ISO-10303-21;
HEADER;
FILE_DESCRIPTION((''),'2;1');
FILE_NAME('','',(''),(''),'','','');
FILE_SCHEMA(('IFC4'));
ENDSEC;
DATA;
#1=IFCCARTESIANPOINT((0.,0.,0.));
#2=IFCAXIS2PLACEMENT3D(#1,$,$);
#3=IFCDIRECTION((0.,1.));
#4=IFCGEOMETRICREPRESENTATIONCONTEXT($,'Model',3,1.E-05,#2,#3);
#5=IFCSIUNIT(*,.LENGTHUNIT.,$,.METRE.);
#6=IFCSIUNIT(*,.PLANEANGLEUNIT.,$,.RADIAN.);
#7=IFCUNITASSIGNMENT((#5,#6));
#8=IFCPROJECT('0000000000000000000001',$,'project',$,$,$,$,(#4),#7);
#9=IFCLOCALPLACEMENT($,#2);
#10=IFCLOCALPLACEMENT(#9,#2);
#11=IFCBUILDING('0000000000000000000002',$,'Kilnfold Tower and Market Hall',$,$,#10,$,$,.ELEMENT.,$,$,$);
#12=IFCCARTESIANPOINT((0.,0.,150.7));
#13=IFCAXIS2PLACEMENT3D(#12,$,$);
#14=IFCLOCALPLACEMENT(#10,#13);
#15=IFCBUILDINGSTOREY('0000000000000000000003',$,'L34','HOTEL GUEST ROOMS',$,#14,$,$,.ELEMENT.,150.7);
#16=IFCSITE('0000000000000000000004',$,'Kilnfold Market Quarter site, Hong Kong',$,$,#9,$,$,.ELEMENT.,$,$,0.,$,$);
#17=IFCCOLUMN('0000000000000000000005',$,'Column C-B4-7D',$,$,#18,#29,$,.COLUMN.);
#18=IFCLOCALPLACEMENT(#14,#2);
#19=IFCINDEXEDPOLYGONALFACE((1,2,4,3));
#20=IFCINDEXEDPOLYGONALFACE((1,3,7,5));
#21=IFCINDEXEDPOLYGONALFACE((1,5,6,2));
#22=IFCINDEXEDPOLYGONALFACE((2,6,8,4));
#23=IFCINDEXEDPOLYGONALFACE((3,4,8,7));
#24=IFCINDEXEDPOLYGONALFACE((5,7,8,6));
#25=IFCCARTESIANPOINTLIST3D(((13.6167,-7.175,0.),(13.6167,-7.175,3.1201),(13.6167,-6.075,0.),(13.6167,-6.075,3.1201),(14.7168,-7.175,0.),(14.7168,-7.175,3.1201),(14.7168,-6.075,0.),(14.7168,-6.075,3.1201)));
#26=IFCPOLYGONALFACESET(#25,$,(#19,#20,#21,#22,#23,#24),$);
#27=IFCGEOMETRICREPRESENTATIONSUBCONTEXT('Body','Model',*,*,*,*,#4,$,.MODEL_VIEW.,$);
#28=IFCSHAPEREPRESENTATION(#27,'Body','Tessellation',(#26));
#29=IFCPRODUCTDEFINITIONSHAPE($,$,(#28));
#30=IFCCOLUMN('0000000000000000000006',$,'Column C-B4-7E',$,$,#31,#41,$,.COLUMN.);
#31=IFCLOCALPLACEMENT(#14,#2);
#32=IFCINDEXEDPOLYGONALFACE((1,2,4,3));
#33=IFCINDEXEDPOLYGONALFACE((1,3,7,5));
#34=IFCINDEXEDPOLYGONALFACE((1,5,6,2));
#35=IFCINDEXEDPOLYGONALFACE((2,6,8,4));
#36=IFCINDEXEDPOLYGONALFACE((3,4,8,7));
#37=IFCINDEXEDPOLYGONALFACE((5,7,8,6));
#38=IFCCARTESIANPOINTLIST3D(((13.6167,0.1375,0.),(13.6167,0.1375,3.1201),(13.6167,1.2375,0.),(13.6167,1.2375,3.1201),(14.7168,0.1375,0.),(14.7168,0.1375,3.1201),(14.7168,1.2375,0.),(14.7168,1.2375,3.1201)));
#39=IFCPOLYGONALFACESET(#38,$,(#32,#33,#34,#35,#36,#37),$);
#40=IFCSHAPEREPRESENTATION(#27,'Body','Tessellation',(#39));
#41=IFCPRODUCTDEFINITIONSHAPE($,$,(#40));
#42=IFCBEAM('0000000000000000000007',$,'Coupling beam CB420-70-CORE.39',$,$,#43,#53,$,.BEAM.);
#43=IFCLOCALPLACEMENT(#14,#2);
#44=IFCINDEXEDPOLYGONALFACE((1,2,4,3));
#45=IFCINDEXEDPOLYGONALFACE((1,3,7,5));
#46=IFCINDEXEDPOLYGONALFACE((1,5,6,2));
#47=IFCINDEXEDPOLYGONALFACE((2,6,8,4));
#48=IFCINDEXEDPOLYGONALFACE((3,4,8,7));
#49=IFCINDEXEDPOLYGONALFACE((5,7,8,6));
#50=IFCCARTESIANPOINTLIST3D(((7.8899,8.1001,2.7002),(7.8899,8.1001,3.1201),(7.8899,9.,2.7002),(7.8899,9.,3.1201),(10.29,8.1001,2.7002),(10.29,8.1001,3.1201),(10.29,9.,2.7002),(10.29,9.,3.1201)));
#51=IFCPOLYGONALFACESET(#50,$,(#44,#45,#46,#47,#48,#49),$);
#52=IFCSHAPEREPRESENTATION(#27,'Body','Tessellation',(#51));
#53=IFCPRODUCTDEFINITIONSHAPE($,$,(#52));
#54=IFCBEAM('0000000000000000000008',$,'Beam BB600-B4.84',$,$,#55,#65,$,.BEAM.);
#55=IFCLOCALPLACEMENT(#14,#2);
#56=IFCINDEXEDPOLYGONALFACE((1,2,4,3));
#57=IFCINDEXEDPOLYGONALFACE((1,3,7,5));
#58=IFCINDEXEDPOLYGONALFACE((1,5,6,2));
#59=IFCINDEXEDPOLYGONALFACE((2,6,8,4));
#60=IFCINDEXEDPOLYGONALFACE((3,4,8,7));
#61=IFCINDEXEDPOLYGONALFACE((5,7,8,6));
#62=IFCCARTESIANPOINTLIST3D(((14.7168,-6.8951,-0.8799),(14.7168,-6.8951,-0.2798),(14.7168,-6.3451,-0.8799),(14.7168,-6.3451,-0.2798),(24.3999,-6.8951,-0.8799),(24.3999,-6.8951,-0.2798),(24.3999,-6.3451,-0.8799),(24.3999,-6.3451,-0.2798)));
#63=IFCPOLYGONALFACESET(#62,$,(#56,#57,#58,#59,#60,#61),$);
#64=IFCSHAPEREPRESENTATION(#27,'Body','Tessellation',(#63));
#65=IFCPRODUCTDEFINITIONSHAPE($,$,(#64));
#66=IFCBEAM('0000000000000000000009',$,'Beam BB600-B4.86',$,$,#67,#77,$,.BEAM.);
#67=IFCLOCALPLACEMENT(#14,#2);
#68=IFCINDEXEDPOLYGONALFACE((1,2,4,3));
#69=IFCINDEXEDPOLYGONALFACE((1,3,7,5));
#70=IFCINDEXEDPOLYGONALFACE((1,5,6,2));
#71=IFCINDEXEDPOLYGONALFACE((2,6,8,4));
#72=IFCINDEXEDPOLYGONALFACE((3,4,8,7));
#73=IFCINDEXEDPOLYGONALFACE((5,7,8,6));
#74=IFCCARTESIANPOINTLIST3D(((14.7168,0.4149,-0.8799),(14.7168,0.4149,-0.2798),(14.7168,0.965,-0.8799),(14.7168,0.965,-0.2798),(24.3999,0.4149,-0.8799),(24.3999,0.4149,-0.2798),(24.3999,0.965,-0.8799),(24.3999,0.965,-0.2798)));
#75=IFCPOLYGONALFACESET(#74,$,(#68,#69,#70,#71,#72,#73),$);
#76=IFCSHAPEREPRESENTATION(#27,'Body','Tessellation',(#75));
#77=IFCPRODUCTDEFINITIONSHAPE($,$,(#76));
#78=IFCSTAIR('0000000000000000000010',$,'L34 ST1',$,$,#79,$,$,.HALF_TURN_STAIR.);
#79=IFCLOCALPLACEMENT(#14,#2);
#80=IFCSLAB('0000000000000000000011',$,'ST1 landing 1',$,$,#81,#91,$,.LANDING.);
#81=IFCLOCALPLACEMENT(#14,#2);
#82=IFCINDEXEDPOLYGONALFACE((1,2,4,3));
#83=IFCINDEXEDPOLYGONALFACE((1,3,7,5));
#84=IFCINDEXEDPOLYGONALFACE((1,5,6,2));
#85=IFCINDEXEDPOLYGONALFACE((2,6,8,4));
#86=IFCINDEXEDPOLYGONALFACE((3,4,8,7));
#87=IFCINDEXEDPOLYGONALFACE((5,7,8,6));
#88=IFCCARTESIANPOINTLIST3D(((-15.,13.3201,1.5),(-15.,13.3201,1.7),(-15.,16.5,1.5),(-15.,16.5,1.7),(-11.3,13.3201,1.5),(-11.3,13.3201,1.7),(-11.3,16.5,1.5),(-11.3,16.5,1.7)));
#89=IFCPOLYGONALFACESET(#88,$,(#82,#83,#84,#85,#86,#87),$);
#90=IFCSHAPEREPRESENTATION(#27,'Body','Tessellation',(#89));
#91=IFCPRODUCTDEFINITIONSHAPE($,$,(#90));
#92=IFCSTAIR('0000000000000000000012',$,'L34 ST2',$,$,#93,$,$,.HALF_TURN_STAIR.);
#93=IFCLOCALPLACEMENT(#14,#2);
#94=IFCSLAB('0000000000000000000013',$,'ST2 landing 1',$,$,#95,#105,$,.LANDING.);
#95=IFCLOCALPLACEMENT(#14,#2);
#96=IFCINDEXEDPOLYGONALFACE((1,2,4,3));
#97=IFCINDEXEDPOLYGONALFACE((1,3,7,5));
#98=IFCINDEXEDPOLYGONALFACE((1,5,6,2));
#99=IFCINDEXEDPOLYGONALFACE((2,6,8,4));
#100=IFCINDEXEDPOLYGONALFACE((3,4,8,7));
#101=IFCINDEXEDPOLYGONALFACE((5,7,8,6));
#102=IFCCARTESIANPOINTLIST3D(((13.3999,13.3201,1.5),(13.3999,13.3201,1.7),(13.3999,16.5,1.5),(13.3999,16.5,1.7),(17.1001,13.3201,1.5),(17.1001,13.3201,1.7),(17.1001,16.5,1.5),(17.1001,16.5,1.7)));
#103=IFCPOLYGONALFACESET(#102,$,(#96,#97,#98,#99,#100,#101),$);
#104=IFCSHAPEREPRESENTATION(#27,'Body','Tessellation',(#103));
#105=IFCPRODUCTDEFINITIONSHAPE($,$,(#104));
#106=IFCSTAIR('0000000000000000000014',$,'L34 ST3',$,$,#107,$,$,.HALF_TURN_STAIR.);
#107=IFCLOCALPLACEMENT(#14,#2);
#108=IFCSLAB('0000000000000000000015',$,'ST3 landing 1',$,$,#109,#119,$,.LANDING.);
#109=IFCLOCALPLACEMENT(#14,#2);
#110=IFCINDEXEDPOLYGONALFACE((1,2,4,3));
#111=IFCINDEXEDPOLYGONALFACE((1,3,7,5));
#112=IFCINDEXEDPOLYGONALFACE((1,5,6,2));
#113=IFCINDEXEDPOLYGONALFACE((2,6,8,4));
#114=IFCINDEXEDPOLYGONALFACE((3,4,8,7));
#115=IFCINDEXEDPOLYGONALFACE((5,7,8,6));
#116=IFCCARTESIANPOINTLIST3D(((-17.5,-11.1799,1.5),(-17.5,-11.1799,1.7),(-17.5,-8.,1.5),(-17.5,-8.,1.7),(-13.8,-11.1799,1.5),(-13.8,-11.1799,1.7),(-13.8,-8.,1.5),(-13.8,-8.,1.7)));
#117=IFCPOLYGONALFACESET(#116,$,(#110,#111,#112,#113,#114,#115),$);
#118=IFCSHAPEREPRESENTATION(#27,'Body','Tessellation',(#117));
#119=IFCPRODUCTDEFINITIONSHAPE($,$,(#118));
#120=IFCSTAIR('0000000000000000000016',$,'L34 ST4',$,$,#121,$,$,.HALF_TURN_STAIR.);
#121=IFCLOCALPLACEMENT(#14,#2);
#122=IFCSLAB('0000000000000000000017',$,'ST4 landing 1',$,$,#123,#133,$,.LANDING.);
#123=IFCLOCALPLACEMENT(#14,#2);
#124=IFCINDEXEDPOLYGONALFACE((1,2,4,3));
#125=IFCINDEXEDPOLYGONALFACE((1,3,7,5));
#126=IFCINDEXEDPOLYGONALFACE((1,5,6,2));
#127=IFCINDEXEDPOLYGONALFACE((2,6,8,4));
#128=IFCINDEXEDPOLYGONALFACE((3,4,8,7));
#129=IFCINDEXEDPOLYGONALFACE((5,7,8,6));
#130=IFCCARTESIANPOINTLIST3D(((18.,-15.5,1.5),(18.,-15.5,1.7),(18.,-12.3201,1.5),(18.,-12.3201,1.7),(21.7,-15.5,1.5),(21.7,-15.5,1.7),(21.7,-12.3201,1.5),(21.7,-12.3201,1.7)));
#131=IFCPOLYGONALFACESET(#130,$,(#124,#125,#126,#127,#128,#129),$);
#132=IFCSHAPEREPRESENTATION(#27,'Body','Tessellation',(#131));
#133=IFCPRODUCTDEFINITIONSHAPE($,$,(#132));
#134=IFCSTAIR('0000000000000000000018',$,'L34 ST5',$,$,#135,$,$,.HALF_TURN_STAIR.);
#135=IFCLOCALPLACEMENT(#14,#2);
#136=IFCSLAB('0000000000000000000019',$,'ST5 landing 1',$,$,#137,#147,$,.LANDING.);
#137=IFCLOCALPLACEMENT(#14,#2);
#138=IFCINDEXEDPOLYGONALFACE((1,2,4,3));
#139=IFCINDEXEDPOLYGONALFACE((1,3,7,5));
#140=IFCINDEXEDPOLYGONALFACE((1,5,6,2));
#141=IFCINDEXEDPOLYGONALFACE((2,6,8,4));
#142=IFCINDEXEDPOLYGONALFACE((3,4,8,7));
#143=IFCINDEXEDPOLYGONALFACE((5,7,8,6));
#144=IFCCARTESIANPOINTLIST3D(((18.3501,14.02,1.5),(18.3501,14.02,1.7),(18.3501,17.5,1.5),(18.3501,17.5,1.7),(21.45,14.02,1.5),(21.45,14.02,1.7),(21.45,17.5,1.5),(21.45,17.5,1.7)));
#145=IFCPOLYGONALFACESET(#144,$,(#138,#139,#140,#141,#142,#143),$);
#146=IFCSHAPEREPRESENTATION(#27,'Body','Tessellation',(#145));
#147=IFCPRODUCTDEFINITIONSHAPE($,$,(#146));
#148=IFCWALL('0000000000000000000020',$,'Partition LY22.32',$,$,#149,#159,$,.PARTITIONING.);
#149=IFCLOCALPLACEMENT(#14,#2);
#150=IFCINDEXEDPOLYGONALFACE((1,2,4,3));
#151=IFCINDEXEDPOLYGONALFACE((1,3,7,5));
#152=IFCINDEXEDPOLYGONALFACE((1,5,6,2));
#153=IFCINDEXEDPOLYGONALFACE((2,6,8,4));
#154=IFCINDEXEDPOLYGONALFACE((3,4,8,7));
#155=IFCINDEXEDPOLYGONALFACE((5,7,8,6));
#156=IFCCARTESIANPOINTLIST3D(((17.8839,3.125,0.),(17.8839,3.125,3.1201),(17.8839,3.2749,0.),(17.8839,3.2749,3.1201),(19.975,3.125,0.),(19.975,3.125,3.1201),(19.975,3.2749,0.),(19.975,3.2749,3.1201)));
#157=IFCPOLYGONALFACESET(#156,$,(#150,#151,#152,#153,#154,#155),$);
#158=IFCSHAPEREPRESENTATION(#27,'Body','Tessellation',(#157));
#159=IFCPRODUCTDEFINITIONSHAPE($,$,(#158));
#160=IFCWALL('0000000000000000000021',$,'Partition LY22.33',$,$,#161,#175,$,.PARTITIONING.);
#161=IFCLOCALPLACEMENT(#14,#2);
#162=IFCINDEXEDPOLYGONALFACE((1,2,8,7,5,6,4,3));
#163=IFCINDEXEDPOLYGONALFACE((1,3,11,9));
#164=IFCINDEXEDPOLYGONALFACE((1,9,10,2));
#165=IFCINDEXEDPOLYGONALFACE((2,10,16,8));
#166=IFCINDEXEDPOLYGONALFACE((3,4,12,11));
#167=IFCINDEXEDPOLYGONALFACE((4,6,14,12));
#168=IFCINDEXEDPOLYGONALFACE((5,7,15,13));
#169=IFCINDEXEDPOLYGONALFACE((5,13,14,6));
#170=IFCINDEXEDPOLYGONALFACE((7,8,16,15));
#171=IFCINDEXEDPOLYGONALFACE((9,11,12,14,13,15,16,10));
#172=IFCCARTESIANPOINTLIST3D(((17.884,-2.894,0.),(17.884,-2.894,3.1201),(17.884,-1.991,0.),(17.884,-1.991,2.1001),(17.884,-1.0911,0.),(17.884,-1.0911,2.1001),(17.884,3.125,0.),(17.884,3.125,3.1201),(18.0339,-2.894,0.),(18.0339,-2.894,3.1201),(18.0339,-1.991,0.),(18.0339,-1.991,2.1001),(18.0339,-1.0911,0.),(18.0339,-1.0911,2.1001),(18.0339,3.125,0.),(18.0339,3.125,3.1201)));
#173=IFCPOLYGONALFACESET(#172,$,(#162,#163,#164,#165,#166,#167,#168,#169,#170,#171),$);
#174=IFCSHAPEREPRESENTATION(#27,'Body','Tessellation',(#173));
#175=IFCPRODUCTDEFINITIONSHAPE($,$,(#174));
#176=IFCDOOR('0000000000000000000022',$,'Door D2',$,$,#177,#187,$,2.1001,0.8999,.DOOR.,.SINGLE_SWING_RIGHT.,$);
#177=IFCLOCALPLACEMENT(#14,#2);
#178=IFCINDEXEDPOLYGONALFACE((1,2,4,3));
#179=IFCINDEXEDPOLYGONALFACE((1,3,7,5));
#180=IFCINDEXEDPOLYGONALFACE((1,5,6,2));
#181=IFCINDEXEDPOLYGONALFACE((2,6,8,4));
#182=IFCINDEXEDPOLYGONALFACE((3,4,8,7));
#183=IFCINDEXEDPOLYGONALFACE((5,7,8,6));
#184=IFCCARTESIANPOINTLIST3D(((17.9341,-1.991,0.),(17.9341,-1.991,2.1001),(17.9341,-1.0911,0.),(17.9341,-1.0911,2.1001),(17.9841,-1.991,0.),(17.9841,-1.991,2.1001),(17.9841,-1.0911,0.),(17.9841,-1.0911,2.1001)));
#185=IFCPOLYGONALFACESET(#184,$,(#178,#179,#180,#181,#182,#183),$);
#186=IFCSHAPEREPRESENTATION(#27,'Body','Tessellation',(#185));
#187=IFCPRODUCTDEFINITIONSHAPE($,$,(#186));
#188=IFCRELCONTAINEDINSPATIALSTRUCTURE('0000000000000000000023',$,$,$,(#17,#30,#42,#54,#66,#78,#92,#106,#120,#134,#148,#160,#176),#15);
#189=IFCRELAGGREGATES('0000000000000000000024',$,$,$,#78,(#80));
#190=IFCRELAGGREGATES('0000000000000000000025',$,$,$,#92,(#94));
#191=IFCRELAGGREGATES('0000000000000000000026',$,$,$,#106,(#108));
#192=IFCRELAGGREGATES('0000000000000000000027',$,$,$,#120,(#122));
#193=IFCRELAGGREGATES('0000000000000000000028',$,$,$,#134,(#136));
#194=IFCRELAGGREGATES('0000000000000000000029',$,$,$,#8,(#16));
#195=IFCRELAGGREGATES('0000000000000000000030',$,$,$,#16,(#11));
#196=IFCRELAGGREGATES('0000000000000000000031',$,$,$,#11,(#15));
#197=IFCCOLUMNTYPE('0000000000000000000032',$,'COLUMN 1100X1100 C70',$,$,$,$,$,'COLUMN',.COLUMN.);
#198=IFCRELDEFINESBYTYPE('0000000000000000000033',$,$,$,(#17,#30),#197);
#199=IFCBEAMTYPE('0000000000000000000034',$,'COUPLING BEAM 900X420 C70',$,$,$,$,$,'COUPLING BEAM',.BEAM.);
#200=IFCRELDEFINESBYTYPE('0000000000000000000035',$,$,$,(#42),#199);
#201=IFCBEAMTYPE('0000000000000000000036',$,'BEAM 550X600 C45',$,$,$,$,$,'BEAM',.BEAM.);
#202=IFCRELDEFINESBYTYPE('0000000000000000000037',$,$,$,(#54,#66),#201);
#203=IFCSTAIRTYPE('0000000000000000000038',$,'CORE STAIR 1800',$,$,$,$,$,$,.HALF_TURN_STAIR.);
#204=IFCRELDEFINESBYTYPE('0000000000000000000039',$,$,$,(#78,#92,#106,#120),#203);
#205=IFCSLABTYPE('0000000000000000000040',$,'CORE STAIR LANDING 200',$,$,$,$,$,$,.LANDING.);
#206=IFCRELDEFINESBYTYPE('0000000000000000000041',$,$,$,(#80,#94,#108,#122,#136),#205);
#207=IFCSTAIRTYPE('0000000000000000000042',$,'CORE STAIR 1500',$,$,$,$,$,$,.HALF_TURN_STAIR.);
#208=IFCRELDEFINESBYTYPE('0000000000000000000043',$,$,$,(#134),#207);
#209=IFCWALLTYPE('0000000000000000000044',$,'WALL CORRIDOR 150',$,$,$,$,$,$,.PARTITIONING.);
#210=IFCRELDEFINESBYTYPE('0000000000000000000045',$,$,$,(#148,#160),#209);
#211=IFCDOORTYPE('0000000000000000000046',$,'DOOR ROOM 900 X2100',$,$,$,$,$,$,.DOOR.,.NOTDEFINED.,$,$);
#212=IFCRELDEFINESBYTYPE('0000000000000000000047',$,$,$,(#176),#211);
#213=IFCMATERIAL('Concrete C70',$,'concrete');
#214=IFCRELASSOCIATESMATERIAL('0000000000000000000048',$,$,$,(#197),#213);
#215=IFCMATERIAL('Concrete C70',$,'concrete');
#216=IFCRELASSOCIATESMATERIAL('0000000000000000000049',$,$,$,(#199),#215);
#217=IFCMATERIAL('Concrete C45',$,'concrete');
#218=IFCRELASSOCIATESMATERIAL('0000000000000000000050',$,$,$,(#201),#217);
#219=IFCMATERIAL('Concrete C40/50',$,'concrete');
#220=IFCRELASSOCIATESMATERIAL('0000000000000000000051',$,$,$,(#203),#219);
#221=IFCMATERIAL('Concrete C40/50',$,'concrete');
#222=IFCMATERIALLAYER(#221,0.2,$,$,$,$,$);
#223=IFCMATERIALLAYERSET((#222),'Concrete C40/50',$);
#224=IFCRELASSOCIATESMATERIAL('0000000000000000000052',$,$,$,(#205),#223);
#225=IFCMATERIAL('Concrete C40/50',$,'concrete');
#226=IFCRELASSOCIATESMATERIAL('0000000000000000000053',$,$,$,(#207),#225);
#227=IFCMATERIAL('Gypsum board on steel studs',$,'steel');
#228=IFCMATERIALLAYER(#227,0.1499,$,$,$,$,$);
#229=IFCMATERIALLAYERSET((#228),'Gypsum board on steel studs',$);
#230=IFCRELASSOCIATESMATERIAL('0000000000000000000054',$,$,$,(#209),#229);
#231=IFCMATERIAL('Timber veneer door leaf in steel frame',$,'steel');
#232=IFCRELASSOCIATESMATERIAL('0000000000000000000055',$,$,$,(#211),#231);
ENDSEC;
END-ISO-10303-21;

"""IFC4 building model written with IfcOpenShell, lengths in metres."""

from ifc_helpers import new_model, si_unit, direction, frame, frame_2d, origin, origin_2d, place, context, subcontext, project, spatial, polyline, rectangle, outline, extrude, source, transform, mapped, material, layer, layer_set, material_profile, profile_set, type_object, element, fill, aggregate, save


model = new_model("IFC4")

# Units and contexts
model_context = context("Model", 3, precision=1e-05, world=origin(), true_north=direction((0.0, 1.0)))
body_context = subcontext(model_context, "Body", "Model", "MODEL_VIEW")
ifc_project = project(units=[si_unit("LENGTHUNIT", "METRE"), si_unit("PLANEANGLEUNIT", "RADIAN")], contexts=[model_context])

# Site, building, storey
site_placement = place(None, origin())
site = spatial("IfcSite", under=ifc_project, at=site_placement, Name="Kilnfold Market Quarter site, Hong Kong", CompositionType="ELEMENT", RefElevation=0.0)
building_placement = place(site_placement, origin())
building = spatial("IfcBuilding", under=site, at=building_placement, Name="Kilnfold Tower and Market Hall", CompositionType="ELEMENT")
storey_placement = place(building_placement, frame((0.0, 0.0, 150.7)))
storey = spatial("IfcBuildingStorey", under=building, at=storey_placement, Name="L34", Description="HOTEL GUEST ROOMS", CompositionType="ELEMENT", Elevation=150.7)

# Columns
ifc_material_1 = material(Name="Concrete C70", Category="concrete")
ifc_material_profile_1 = material_profile(ifc_material_1, rectangle(XDim=1.1001, YDim=1.1001, at=origin_2d()), Name="RC 1100x1100")
ifc_profile_set_1 = profile_set([ifc_material_profile_1], Name="Concrete C70")
column_type = type_object("IfcColumnType", Name="COLUMN 1100X1100 C70", ElementType="COLUMN", PredefinedType="COLUMN", material=ifc_profile_set_1)
shared_shape_1 = source(origin(), body_context, "Body", "SweptSolid", [
    extrude(rectangle(XDim=1.1001, YDim=1.1001, at=origin_2d()), origin(), (0.0, 0.0, 1.0), 3.1201),
])
for number, where, z_axis, x_axis, name in (
    (1, (14.1667, -6.625, 0.0), (0.0, 0.0, 1.0), (1.0, 0.0, 0.0), "Column C-B4-7D"),
    (2, (14.1667, 0.6875, 0.0), (0.0, 0.0, 1.0), (1.0, 0.0, 0.0), "Column C-B4-7E"),
):
    element("IfcColumn", number, at=place(storey_placement, frame(where, z_axis=z_axis, x_axis=x_axis)), inside=storey, type_object=column_type, Name=name, PredefinedType="COLUMN", context=body_context, shape_type="MappedRepresentation", body=[
        mapped(shared_shape_1, transform((0.0, 0.0, 0.0))),
    ])

# Beams
ifc_material_2 = material(Name="Concrete C70", Category="concrete")
ifc_material_profile_2 = material_profile(ifc_material_2, rectangle(XDim=0.8999, YDim=0.4199, at=origin_2d()), Name="RC 900x420")
ifc_profile_set_2 = profile_set([ifc_material_profile_2], Name="Concrete C70")
beam_type_1 = type_object("IfcBeamType", Name="COUPLING BEAM 900X420 C70", ElementType="COUPLING BEAM", PredefinedType="BEAM", material=ifc_profile_set_2)
shared_shape_2 = source(origin(), body_context, "Body", "SweptSolid", [
    extrude(rectangle(XDim=0.8999, YDim=0.4199, at=origin_2d()), origin(), (0.0, 0.0, 1.0), 2.4001),
])
beam_placement = place(storey_placement, frame((7.8899, 8.55, 2.9102), z_axis=(1.0, 0.0, 0.0), x_axis=(0.0, 1.0, 0.0)))
element("IfcBeam", 3, at=beam_placement, inside=storey, type_object=beam_type_1, Name="Coupling beam CB420-70-CORE.39", PredefinedType="BEAM", context=body_context, shape_type="MappedRepresentation", body=[
    mapped(shared_shape_2, transform((0.0, 0.0, 0.0))),
])
ifc_material_3 = material(Name="Concrete C45", Category="concrete")
ifc_material_profile_3 = material_profile(ifc_material_3, rectangle(XDim=0.55, YDim=0.6001, at=origin_2d()), Name="RC 550x600")
ifc_profile_set_3 = profile_set([ifc_material_profile_3], Name="Concrete C45")
beam_type_2 = type_object("IfcBeamType", Name="BEAM 550X600 C45", ElementType="BEAM", PredefinedType="BEAM", material=ifc_profile_set_3)
shared_shape_3 = source(origin(), body_context, "Body", "SweptSolid", [
    extrude(rectangle(XDim=0.55, YDim=0.6001, at=origin_2d()), origin(), (0.0, 0.0, 1.0), 9.6831),
])
for number, where, z_axis, x_axis, name in (
    (4, (14.7168, -6.6201, -0.5798), (1.0, 0.0, 0.0), (0.0, 1.0, 0.0), "Beam BB600-B4.84"),
    (5, (14.7168, 0.6899, -0.5798), (1.0, 0.0, 0.0), (0.0, 1.0, 0.0), "Beam BB600-B4.86"),
):
    element("IfcBeam", number, at=place(storey_placement, frame(where, z_axis=z_axis, x_axis=x_axis)), inside=storey, type_object=beam_type_2, Name=name, PredefinedType="BEAM", context=body_context, shape_type="MappedRepresentation", body=[
        mapped(shared_shape_3, transform((0.0, 0.0, 0.0))),
    ])

# Stairs, slabs
ifc_material_4 = material(Name="Concrete C40/50", Category="concrete")
stair_type_1 = type_object("IfcStairType", Name="CORE STAIR 1800", PredefinedType="HALF_TURN_STAIR", material=ifc_material_4)
stair_1_placement = place(storey_placement, origin())
stair_1 = element("IfcStair", 6, at=stair_1_placement, inside=storey, type_object=stair_type_1, Name="L34 ST1", PredefinedType="HALF_TURN_STAIR")
ifc_material_5 = material(Name="Concrete C40/50", Category="concrete")
ifc_layer_1 = layer(ifc_material_5, 0.2)
ifc_layer_set_1 = layer_set([ifc_layer_1], Name="Concrete C40/50")
slab_type = type_object("IfcSlabType", Name="CORE STAIR LANDING 200", PredefinedType="LANDING", material=ifc_layer_set_1)
shared_shape_4 = source(origin(), body_context, "Body", "SweptSolid", [
    extrude(outline(polyline([(-11.3, 13.3201), (-11.3, 16.5), (-15.0, 16.5), (-15.0, 13.3201), (-11.3, 13.3201)])), origin(), (0.0, 0.0, 1.0), 0.2),
])
slab_1_placement = place(storey_placement, frame((0.0, 0.0, 1.5)))
slab_1 = element("IfcSlab", 7, at=slab_1_placement, type_object=slab_type, Name="ST1 landing 1", PredefinedType="LANDING", context=body_context, shape_type="MappedRepresentation", body=[
    mapped(shared_shape_4, transform((0.0, 0.0, 0.0))),
])
aggregate(stair_1, [slab_1])
stair_2_placement = place(storey_placement, origin())
stair_2 = element("IfcStair", 8, at=stair_2_placement, inside=storey, type_object=stair_type_1, Name="L34 ST2", PredefinedType="HALF_TURN_STAIR")
shared_shape_5 = source(origin(), body_context, "Body", "SweptSolid", [
    extrude(outline(polyline([(17.1001, 13.3201), (17.1001, 16.5), (13.3999, 16.5), (13.3999, 13.3201), (17.1001, 13.3201)])), origin(), (0.0, 0.0, 1.0), 0.2),
])
slab_2_placement = place(storey_placement, frame((0.0, 0.0, 1.5)))
slab_2 = element("IfcSlab", 9, at=slab_2_placement, type_object=slab_type, Name="ST2 landing 1", PredefinedType="LANDING", context=body_context, shape_type="MappedRepresentation", body=[
    mapped(shared_shape_5, transform((0.0, 0.0, 0.0))),
])
aggregate(stair_2, [slab_2])
stair_3_placement = place(storey_placement, origin())
stair_3 = element("IfcStair", 10, at=stair_3_placement, inside=storey, type_object=stair_type_1, Name="L34 ST3", PredefinedType="HALF_TURN_STAIR")
shared_shape_6 = source(origin(), body_context, "Body", "SweptSolid", [
    extrude(outline(polyline([(-13.8, -11.1799), (-13.8, -8.0), (-17.5, -8.0), (-17.5, -11.1799), (-13.8, -11.1799)])), origin(), (0.0, 0.0, 1.0), 0.2),
])
slab_3_placement = place(storey_placement, frame((0.0, 0.0, 1.5)))
slab_3 = element("IfcSlab", 11, at=slab_3_placement, type_object=slab_type, Name="ST3 landing 1", PredefinedType="LANDING", context=body_context, shape_type="MappedRepresentation", body=[
    mapped(shared_shape_6, transform((0.0, 0.0, 0.0))),
])
aggregate(stair_3, [slab_3])
stair_4_placement = place(storey_placement, origin())
stair_4 = element("IfcStair", 12, at=stair_4_placement, inside=storey, type_object=stair_type_1, Name="L34 ST4", PredefinedType="HALF_TURN_STAIR")
shared_shape_7 = source(origin(), body_context, "Body", "SweptSolid", [
    extrude(outline(polyline([(18.0, -12.3201), (18.0, -15.5), (21.7, -15.5), (21.7, -12.3201), (18.0, -12.3201)])), origin(), (0.0, 0.0, 1.0), 0.2),
])
slab_4_placement = place(storey_placement, frame((0.0, 0.0, 1.5)))
slab_4 = element("IfcSlab", 13, at=slab_4_placement, type_object=slab_type, Name="ST4 landing 1", PredefinedType="LANDING", context=body_context, shape_type="MappedRepresentation", body=[
    mapped(shared_shape_7, transform((0.0, 0.0, 0.0))),
])
aggregate(stair_4, [slab_4])
ifc_material_6 = material(Name="Concrete C40/50", Category="concrete")
stair_type_2 = type_object("IfcStairType", Name="CORE STAIR 1500", PredefinedType="HALF_TURN_STAIR", material=ifc_material_6)
stair_5_placement = place(storey_placement, origin())
stair_5 = element("IfcStair", 14, at=stair_5_placement, inside=storey, type_object=stair_type_2, Name="L34 ST5", PredefinedType="HALF_TURN_STAIR")
shared_shape_8 = source(origin(), body_context, "Body", "SweptSolid", [
    extrude(outline(polyline([(21.45, 14.02), (21.45, 17.5), (18.3501, 17.5), (18.3501, 14.02), (21.45, 14.02)])), origin(), (0.0, 0.0, 1.0), 0.2),
])
slab_5_placement = place(storey_placement, frame((0.0, 0.0, 1.5)))
slab_5 = element("IfcSlab", 15, at=slab_5_placement, type_object=slab_type, Name="ST5 landing 1", PredefinedType="LANDING", context=body_context, shape_type="MappedRepresentation", body=[
    mapped(shared_shape_8, transform((0.0, 0.0, 0.0))),
])
aggregate(stair_5, [slab_5])

# Wall
ifc_material_7 = material(Name="Gypsum board on steel studs", Category="steel")
ifc_layer_2 = layer(ifc_material_7, 0.1499)
ifc_layer_set_2 = layer_set([ifc_layer_2], Name="Gypsum board on steel studs")
wall_type_1 = type_object("IfcWallType", Name="WALL CORRIDOR 150", PredefinedType="PARTITIONING", material=ifc_layer_set_2)
wall_1_placement = place(storey_placement, frame((17.884, 3.2, 0.0), z_axis=(0.0, 0.0, 1.0), x_axis=(1.0, 0.0, 0.0)))
element("IfcWall", 16, at=wall_1_placement, inside=storey, type_object=wall_type_1, Name="Partition LY22.32", PredefinedType="PARTITIONING", context=body_context, shape_type="SweptSolid", body=[
    extrude(rectangle(XDim=2.0911, YDim=0.1499, at=frame_2d((1.0454, 0.0))), origin(), (0.0, 0.0, 1.0), 3.1201),
])

# Wall, opening, door
wall_2_placement = place(storey_placement, frame((17.959, -2.894, 0.0), z_axis=(0.0, 0.0, 1.0), x_axis=(0.0, 1.0, 0.0)))
wall_2 = element("IfcWall", 17, at=wall_2_placement, inside=storey, type_object=wall_type_1, Name="Partition LY22.33", PredefinedType="PARTITIONING", context=body_context, shape_type="SweptSolid", body=[
    extrude(rectangle(XDim=6.019, YDim=0.1499, at=frame_2d((3.0095, 0.0))), origin(), (0.0, 0.0, 1.0), 3.1201),
])
opening_1_placement = place(wall_2_placement, frame((0.9031, 0.0, 0.0)))
opening_1 = element("IfcOpeningElement", 18, at=opening_1_placement, cuts=wall_2, PredefinedType="OPENING", context=body_context, shape_type="SweptSolid", body=[
    extrude(rectangle(XDim=0.8999, YDim=2.1001, at=frame_2d((0.45, 1.05))), frame((0.0, 0.085, 0.0), z_axis=(0.0, -1.0, 0.0), x_axis=(1.0, 0.0, 0.0)), (0.0, 0.0, 1.0), 0.1699),
])
ifc_material_8 = material(Name="Timber veneer door leaf in steel frame", Category="steel")
door_type_1 = type_object("IfcDoorType", Name="DOOR ROOM 900 X2100", OperationType="NOTDEFINED", PredefinedType="DOOR", material=ifc_material_8)
door_1_placement = place(opening_1_placement, origin())
door_1 = element("IfcDoor", 19, at=door_1_placement, inside=storey, type_object=door_type_1, Name="Door D2", OperationType="SINGLE_SWING_RIGHT", OverallHeight=2.1001, OverallWidth=0.8999, PredefinedType="DOOR", context=body_context, shape_type="SweptSolid", body=[
    extrude(rectangle(XDim=0.8999, YDim=2.1001, at=frame_2d((0.45, 1.05))), frame((0.0, 0.0249, 0.0), z_axis=(0.0, -1.0, 0.0), x_axis=(1.0, 0.0, 0.0)), (0.0, 0.0, 1.0), 0.05),
])
fill(opening_1, door_1)

save(model, "model.ifc")
